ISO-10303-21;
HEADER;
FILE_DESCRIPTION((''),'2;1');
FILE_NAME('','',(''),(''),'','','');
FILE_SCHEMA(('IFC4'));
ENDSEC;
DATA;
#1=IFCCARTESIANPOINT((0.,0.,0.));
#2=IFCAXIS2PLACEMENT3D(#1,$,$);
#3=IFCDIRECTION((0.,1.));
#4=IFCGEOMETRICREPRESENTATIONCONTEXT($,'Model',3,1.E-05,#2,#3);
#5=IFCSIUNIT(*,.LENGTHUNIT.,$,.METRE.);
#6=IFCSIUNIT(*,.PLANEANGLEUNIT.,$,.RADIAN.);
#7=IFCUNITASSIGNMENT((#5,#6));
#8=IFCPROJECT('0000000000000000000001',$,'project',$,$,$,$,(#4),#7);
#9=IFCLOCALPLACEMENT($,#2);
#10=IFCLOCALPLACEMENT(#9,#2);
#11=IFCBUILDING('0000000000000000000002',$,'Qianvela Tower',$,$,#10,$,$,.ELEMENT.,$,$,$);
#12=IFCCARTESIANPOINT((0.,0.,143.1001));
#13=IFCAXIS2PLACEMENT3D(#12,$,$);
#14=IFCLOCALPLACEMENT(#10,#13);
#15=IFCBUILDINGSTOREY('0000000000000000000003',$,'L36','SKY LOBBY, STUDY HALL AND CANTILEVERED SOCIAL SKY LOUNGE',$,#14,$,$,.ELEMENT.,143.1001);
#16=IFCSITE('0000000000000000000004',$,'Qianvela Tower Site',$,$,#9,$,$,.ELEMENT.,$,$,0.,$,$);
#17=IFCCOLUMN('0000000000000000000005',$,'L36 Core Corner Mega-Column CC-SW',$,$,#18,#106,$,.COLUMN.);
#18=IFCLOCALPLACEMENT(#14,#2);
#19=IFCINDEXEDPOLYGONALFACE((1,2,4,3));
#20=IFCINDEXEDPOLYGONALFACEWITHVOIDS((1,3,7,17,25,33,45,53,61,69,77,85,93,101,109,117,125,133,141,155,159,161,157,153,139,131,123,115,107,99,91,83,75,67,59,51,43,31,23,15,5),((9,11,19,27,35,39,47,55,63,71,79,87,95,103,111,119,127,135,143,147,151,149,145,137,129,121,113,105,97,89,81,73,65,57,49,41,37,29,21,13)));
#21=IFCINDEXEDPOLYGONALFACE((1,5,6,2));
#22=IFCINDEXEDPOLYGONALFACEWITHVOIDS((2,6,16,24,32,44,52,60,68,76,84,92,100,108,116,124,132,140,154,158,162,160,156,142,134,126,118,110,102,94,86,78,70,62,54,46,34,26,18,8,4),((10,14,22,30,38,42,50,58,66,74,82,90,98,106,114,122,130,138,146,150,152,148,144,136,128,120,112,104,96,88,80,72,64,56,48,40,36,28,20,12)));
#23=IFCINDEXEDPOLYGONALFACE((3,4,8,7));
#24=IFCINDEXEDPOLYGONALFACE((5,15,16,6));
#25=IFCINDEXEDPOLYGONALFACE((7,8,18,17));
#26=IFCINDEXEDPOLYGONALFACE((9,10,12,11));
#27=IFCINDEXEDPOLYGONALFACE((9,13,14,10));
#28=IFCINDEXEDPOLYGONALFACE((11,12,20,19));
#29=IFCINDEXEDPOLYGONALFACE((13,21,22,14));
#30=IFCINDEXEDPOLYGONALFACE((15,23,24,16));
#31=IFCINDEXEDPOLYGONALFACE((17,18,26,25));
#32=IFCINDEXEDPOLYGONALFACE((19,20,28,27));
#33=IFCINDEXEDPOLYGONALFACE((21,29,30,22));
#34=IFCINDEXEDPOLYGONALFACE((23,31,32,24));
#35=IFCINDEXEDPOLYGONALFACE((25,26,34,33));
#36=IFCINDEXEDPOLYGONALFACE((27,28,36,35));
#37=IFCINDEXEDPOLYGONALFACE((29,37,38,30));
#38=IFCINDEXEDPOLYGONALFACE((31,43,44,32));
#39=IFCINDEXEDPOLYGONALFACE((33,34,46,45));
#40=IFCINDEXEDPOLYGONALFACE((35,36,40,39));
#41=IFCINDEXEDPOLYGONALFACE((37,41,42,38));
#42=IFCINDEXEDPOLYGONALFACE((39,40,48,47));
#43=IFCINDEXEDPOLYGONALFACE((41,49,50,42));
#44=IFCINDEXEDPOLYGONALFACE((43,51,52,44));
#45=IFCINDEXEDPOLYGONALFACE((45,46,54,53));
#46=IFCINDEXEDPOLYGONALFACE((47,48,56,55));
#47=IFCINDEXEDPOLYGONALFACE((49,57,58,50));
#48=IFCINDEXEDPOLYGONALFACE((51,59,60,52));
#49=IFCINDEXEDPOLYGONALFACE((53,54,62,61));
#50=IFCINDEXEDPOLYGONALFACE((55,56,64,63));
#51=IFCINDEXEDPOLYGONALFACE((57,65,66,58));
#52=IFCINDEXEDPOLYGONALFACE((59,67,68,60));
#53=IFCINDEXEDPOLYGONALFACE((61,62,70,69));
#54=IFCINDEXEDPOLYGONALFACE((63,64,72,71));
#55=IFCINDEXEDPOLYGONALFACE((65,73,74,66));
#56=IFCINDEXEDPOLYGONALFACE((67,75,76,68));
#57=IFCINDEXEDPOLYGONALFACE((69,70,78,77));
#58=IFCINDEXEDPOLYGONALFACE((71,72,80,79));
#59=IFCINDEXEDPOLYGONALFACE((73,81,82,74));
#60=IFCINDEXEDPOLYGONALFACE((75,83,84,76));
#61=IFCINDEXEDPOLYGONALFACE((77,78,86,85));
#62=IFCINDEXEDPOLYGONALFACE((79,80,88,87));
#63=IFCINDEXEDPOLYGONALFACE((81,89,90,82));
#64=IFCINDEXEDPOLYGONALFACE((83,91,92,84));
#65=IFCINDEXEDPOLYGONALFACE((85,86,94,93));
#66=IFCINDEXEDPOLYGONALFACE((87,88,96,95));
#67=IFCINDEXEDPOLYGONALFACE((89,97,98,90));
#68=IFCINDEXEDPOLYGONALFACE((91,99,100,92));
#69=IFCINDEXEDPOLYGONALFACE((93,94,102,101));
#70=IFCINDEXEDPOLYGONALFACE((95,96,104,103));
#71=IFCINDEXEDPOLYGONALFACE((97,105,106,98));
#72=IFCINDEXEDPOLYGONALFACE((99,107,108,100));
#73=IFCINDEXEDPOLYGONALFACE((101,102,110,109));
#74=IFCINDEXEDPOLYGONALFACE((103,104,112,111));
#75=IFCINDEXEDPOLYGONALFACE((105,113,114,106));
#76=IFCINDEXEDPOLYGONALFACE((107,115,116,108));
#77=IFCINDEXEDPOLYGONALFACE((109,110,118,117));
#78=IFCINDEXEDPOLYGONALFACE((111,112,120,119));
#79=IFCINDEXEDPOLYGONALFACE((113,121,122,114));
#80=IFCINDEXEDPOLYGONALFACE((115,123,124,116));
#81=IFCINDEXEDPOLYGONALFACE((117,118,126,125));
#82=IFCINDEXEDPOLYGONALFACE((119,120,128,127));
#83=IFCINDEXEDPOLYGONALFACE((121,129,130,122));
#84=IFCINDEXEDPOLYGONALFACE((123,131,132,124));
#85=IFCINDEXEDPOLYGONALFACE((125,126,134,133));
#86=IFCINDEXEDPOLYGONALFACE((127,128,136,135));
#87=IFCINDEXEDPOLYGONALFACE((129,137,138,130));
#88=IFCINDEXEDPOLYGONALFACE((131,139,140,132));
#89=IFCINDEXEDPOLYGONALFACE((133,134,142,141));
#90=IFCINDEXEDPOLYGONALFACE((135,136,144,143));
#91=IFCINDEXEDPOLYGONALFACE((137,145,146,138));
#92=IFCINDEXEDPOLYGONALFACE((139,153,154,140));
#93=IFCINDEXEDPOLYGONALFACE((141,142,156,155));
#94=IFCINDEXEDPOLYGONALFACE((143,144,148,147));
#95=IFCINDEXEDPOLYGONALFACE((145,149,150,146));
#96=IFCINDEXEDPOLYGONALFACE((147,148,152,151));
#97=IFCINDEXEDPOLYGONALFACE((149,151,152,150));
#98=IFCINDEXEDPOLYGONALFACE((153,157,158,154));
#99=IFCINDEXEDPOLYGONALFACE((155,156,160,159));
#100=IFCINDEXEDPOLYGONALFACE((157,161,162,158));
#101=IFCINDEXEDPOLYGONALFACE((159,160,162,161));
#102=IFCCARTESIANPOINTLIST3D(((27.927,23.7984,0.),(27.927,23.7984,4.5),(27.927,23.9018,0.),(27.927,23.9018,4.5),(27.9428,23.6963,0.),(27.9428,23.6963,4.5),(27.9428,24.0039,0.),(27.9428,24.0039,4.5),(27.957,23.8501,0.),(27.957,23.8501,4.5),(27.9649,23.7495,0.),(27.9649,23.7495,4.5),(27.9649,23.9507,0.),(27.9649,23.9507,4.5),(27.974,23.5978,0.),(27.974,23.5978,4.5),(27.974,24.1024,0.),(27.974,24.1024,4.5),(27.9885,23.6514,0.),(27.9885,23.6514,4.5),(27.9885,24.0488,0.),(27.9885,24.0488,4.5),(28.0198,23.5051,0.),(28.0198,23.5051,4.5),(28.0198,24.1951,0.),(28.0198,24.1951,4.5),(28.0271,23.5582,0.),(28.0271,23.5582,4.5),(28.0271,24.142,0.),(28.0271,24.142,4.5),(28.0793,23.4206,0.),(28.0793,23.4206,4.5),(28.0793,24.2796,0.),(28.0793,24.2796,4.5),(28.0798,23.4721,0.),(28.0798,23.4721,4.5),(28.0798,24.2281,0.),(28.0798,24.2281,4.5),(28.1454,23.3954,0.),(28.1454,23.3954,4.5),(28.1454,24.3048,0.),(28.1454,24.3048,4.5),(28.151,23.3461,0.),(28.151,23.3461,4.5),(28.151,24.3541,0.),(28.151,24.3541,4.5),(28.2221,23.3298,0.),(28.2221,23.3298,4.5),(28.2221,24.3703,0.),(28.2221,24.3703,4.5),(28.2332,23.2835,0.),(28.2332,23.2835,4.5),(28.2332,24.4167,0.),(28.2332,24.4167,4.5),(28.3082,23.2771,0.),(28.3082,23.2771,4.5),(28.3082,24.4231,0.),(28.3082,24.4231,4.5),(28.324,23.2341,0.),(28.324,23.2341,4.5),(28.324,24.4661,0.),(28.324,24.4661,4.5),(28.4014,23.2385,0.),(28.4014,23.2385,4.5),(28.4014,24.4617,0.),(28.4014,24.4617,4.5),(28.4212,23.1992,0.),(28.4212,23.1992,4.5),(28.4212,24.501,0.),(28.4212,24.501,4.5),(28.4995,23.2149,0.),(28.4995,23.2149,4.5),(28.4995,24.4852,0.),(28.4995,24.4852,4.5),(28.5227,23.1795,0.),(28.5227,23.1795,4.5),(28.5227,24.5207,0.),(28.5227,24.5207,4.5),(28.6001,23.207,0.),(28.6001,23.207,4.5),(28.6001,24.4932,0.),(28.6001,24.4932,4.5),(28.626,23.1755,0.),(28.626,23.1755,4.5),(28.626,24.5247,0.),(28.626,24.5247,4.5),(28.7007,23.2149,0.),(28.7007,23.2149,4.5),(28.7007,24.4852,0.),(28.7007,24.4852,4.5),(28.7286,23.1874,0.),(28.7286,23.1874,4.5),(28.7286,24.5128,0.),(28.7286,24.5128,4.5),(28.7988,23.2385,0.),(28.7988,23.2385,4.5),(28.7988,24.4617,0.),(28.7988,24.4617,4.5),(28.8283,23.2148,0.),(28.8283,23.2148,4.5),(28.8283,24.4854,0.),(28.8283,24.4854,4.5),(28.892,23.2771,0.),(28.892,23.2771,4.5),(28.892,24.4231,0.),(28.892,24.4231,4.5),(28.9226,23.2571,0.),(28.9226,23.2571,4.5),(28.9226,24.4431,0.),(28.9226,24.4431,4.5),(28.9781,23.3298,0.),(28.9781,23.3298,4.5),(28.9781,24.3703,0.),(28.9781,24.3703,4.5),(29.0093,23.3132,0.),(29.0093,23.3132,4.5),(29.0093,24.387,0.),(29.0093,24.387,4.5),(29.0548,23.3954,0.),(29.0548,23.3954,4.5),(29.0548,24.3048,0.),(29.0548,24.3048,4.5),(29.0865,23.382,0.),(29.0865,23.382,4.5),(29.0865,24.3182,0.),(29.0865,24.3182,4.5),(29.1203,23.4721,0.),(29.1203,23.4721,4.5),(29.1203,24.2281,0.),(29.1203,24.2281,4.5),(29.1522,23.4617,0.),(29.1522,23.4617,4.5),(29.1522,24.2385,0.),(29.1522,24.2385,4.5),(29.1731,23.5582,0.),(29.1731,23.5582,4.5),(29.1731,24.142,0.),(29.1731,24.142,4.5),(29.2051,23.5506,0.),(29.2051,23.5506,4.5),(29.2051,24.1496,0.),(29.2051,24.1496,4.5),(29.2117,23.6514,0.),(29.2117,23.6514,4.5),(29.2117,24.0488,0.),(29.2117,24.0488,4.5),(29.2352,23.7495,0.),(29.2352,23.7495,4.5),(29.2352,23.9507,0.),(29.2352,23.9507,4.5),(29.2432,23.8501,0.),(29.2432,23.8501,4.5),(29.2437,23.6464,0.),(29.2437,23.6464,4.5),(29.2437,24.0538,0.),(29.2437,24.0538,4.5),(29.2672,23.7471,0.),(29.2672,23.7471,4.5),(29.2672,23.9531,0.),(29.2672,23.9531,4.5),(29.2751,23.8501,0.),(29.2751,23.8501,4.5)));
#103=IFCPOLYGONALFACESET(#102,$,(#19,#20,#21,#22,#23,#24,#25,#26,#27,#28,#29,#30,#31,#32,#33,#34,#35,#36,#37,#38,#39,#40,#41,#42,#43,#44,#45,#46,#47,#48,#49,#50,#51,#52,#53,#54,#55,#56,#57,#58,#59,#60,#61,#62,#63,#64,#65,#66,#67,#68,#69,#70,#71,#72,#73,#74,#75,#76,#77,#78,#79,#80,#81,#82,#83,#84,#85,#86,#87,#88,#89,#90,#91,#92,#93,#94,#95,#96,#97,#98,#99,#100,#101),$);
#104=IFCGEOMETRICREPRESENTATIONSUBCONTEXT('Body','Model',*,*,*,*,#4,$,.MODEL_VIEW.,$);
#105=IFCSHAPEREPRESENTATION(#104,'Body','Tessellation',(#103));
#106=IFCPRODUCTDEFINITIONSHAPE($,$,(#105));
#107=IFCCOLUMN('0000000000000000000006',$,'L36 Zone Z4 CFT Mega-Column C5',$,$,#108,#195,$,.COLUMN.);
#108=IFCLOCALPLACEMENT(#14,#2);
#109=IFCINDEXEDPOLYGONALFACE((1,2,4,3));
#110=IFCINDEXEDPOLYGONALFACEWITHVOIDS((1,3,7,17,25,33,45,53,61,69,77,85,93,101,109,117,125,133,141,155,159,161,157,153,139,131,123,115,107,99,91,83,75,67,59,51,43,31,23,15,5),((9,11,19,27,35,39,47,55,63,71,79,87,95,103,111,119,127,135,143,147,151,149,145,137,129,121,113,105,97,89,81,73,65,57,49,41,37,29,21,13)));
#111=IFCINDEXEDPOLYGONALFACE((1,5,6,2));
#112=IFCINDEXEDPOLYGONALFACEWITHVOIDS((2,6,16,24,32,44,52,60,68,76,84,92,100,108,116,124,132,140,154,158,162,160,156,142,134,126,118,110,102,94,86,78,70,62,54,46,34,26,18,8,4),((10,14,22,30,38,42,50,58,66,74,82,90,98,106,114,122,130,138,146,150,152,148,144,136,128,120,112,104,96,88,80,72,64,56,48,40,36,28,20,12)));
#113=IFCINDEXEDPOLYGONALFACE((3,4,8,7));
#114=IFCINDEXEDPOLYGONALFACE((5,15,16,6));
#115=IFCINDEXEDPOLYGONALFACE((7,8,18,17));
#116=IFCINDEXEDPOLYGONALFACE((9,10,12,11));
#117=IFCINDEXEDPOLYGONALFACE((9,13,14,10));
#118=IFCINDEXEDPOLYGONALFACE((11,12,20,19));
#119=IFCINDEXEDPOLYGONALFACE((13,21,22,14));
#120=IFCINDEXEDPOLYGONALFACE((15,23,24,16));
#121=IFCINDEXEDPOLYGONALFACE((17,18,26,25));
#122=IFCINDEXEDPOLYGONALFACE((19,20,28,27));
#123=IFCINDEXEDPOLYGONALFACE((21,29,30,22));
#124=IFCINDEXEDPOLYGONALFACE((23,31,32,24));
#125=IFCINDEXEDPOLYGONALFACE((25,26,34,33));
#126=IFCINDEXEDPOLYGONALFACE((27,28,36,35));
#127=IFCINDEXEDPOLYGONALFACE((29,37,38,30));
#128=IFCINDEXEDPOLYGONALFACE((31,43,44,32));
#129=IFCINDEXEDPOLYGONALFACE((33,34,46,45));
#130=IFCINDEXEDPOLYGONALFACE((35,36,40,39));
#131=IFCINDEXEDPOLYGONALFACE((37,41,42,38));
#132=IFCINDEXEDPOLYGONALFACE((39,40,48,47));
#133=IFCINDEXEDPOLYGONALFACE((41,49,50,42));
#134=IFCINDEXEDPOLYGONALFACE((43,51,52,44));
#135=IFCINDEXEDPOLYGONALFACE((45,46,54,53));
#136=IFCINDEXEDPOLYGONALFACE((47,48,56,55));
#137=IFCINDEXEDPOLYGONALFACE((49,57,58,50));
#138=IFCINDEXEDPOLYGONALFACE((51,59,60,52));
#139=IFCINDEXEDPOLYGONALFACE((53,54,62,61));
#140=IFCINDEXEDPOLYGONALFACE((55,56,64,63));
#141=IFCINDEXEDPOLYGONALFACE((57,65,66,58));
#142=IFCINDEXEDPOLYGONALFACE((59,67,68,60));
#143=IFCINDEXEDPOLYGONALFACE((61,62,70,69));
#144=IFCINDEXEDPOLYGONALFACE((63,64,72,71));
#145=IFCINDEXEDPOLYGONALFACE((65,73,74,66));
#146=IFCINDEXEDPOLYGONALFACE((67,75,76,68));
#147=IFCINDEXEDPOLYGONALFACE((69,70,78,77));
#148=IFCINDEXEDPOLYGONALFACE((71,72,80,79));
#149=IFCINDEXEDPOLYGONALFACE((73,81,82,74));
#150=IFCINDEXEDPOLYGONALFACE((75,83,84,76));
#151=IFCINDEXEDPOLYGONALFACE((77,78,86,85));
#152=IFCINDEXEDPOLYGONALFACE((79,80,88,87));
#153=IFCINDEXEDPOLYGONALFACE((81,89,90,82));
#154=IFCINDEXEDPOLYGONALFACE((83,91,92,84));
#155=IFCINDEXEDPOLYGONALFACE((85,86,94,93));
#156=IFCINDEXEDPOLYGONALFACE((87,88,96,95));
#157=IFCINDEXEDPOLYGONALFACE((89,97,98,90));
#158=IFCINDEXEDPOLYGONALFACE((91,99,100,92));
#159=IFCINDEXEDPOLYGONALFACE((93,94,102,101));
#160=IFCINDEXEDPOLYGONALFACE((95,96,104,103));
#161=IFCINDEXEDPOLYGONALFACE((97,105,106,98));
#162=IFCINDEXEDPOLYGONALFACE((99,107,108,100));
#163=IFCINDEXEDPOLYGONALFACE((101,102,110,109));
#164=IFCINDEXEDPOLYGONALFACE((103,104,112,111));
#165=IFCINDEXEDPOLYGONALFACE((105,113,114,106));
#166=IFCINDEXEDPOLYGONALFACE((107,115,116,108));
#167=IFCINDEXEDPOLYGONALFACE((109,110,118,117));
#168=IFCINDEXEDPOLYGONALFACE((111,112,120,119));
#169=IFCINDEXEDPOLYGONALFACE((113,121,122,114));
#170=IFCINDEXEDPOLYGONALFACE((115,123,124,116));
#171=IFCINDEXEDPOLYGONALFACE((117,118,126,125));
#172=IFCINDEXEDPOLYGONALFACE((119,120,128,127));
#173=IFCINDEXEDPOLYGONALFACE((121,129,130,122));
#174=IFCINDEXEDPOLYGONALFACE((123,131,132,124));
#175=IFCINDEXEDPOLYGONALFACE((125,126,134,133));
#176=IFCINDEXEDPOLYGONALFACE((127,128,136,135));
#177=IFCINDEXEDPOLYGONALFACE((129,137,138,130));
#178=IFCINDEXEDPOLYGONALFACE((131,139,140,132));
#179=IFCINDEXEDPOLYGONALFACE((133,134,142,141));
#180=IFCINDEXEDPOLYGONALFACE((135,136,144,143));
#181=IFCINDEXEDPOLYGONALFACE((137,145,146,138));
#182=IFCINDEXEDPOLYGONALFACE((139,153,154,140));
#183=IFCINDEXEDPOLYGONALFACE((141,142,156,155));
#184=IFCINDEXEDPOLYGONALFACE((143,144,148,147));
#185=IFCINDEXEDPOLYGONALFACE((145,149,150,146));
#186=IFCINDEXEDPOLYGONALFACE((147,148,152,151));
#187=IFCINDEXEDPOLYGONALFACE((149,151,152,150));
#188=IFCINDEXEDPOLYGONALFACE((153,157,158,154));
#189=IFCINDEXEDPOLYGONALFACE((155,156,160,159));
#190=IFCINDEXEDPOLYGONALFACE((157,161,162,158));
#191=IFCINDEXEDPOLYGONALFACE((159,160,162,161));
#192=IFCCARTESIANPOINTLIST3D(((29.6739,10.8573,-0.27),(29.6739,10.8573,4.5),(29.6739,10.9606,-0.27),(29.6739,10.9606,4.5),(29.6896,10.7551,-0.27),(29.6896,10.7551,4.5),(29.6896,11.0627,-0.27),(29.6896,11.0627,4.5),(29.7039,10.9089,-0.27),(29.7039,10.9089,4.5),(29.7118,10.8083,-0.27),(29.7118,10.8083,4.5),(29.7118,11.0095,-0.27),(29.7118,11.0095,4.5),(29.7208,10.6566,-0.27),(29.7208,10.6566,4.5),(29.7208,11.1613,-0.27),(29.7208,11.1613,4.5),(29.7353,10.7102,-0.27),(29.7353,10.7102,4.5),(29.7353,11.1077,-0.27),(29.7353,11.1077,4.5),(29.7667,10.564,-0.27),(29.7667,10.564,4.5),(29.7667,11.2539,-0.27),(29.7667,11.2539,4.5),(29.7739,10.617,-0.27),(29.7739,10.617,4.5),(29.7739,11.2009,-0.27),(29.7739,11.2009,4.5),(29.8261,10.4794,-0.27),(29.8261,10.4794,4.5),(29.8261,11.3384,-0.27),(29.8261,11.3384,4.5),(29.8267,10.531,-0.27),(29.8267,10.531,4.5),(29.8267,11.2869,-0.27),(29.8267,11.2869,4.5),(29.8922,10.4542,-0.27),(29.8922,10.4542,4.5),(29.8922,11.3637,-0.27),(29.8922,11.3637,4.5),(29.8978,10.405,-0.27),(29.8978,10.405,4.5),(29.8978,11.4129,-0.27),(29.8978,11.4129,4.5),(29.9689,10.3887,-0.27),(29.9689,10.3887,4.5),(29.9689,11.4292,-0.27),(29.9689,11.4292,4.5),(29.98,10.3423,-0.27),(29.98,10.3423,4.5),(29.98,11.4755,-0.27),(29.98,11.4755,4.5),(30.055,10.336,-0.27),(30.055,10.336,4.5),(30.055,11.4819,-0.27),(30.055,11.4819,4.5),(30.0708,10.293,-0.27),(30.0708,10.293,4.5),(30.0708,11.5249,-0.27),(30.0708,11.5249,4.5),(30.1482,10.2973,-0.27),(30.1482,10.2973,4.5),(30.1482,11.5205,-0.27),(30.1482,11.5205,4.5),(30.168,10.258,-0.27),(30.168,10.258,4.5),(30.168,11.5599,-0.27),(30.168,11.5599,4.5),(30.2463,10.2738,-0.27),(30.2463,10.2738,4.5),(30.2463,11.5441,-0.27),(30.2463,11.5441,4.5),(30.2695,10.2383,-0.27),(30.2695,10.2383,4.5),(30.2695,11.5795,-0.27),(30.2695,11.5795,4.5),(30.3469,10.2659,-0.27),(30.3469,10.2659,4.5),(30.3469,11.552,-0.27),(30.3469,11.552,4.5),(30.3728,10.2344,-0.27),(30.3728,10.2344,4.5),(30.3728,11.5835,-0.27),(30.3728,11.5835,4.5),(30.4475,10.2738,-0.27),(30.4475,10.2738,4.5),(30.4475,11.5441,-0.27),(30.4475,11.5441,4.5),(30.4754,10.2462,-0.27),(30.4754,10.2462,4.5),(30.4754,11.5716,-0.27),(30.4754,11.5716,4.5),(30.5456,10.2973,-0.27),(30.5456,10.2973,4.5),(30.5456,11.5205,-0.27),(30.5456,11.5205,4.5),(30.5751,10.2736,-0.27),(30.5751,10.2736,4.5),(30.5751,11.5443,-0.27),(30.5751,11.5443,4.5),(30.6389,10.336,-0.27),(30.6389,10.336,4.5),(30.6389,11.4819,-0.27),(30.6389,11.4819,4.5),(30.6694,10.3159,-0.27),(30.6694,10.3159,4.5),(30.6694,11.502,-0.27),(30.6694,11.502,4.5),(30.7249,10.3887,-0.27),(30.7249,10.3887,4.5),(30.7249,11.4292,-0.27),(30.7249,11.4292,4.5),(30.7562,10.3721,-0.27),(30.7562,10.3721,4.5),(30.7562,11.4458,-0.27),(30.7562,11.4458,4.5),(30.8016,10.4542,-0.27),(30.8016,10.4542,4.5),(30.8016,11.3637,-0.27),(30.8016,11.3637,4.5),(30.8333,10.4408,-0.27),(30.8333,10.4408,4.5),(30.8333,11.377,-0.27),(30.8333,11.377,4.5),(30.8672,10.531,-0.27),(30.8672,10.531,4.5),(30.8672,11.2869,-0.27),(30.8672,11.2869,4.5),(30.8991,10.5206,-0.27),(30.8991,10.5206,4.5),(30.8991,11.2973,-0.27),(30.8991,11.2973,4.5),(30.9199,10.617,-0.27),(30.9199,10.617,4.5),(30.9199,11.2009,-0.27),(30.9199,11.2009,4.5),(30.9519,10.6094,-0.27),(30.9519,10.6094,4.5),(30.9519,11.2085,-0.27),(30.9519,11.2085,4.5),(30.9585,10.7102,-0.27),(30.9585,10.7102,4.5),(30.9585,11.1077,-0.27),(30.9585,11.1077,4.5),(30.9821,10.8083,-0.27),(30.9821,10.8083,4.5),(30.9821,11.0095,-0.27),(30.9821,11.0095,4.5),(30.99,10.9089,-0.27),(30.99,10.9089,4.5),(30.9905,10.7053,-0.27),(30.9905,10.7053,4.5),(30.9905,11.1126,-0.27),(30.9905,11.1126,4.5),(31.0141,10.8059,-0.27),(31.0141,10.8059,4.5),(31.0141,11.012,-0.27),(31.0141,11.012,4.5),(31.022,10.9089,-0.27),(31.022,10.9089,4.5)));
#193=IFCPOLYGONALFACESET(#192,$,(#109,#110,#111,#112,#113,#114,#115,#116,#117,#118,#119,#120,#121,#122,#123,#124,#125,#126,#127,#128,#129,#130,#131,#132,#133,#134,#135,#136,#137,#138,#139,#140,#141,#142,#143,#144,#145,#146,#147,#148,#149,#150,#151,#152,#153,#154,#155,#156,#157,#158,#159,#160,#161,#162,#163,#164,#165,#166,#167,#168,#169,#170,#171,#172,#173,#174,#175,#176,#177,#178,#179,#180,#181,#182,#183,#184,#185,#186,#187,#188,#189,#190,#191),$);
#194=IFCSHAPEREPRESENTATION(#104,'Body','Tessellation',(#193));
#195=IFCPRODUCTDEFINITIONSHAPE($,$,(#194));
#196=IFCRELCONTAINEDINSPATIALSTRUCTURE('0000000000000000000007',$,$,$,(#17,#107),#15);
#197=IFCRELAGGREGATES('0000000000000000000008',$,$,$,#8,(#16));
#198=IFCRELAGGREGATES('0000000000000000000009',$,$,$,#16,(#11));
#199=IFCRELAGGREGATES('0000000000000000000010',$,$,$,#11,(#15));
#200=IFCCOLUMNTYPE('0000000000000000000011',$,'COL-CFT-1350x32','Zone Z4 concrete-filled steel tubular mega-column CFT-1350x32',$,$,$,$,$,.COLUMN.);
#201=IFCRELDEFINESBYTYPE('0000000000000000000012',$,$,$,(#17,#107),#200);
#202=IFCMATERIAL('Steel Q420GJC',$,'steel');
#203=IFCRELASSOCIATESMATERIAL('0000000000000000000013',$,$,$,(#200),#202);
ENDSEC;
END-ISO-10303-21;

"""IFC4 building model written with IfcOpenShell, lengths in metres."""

from ifc_helpers import new_model, si_unit, direction, frame, origin, origin_2d, place, context, subcontext, project, spatial, hollow_circle, extrude, material, material_profile, profile_set, type_object, element, save


model = new_model("IFC4")

# Units and contexts
model_context = context("Model", 3, precision=1e-05, world=origin(), true_north=direction((0.0, 1.0)))
body_context = subcontext(model_context, "Body", "Model", "MODEL_VIEW")
ifc_project = project(units=[si_unit("LENGTHUNIT", "METRE"), si_unit("PLANEANGLEUNIT", "RADIAN")], contexts=[model_context])

# Site, building, storey
site_placement = place(None, origin())
site = spatial("IfcSite", under=ifc_project, at=site_placement, Name="Qianvela Tower Site", CompositionType="ELEMENT", RefElevation=0.0)
building_placement = place(site_placement, origin())
building = spatial("IfcBuilding", under=site, at=building_placement, Name="Qianvela Tower", CompositionType="ELEMENT")
storey_placement = place(building_placement, frame((0.0, 0.0, 143.1001)))
storey = spatial("IfcBuildingStorey", under=building, at=storey_placement, Name="L36", Description="SKY LOBBY, STUDY HALL AND CANTILEVERED SOCIAL SKY LOUNGE", CompositionType="ELEMENT", Elevation=143.1001)

# Columns
ifc_material_1 = material(Name="Steel Q420GJC", Category="steel")
ifc_material_profile_1 = material_profile(ifc_material_1, hollow_circle(Radius=0.675, WallThickness=0.032, at=origin_2d()), Name="CFT-1350x32")
ifc_profile_set_1 = profile_set([ifc_material_profile_1], Name="Steel Q420GJC")
column_type = type_object("IfcColumnType", Name="COL-CFT-1350x32", Description="Zone Z4 concrete-filled steel tubular mega-column CFT-1350x32", PredefinedType="COLUMN", material=ifc_profile_set_1)
column_1_placement = place(storey_placement, frame((28.6001, 23.8501, 0.0), z_axis=(0.0, 0.0, 1.0), x_axis=(1.0, 0.0, 0.0)))
element("IfcColumn", 1, at=column_1_placement, inside=storey, type_object=column_type, Name="L36 Core Corner Mega-Column CC-SW", PredefinedType="COLUMN", context=body_context, shape_type="SweptSolid", body=[
    extrude(hollow_circle(Radius=0.675, WallThickness=0.032, at=origin_2d()), origin(), (0.0, 0.0, 1.0), 4.5),
])
column_2_placement = place(storey_placement, frame((30.3469, 10.9089, -0.27), z_axis=(0.0, 0.0, 1.0), x_axis=(1.0, 0.0, 0.0)))
element("IfcColumn", 2, at=column_2_placement, inside=storey, type_object=column_type, Name="L36 Zone Z4 CFT Mega-Column C5", PredefinedType="COLUMN", context=body_context, shape_type="SweptSolid", body=[
    extrude(hollow_circle(Radius=0.675, WallThickness=0.032, at=origin_2d()), origin(), (0.0, 0.0, 1.0), 4.77),
])

save(model, "model.ifc")
